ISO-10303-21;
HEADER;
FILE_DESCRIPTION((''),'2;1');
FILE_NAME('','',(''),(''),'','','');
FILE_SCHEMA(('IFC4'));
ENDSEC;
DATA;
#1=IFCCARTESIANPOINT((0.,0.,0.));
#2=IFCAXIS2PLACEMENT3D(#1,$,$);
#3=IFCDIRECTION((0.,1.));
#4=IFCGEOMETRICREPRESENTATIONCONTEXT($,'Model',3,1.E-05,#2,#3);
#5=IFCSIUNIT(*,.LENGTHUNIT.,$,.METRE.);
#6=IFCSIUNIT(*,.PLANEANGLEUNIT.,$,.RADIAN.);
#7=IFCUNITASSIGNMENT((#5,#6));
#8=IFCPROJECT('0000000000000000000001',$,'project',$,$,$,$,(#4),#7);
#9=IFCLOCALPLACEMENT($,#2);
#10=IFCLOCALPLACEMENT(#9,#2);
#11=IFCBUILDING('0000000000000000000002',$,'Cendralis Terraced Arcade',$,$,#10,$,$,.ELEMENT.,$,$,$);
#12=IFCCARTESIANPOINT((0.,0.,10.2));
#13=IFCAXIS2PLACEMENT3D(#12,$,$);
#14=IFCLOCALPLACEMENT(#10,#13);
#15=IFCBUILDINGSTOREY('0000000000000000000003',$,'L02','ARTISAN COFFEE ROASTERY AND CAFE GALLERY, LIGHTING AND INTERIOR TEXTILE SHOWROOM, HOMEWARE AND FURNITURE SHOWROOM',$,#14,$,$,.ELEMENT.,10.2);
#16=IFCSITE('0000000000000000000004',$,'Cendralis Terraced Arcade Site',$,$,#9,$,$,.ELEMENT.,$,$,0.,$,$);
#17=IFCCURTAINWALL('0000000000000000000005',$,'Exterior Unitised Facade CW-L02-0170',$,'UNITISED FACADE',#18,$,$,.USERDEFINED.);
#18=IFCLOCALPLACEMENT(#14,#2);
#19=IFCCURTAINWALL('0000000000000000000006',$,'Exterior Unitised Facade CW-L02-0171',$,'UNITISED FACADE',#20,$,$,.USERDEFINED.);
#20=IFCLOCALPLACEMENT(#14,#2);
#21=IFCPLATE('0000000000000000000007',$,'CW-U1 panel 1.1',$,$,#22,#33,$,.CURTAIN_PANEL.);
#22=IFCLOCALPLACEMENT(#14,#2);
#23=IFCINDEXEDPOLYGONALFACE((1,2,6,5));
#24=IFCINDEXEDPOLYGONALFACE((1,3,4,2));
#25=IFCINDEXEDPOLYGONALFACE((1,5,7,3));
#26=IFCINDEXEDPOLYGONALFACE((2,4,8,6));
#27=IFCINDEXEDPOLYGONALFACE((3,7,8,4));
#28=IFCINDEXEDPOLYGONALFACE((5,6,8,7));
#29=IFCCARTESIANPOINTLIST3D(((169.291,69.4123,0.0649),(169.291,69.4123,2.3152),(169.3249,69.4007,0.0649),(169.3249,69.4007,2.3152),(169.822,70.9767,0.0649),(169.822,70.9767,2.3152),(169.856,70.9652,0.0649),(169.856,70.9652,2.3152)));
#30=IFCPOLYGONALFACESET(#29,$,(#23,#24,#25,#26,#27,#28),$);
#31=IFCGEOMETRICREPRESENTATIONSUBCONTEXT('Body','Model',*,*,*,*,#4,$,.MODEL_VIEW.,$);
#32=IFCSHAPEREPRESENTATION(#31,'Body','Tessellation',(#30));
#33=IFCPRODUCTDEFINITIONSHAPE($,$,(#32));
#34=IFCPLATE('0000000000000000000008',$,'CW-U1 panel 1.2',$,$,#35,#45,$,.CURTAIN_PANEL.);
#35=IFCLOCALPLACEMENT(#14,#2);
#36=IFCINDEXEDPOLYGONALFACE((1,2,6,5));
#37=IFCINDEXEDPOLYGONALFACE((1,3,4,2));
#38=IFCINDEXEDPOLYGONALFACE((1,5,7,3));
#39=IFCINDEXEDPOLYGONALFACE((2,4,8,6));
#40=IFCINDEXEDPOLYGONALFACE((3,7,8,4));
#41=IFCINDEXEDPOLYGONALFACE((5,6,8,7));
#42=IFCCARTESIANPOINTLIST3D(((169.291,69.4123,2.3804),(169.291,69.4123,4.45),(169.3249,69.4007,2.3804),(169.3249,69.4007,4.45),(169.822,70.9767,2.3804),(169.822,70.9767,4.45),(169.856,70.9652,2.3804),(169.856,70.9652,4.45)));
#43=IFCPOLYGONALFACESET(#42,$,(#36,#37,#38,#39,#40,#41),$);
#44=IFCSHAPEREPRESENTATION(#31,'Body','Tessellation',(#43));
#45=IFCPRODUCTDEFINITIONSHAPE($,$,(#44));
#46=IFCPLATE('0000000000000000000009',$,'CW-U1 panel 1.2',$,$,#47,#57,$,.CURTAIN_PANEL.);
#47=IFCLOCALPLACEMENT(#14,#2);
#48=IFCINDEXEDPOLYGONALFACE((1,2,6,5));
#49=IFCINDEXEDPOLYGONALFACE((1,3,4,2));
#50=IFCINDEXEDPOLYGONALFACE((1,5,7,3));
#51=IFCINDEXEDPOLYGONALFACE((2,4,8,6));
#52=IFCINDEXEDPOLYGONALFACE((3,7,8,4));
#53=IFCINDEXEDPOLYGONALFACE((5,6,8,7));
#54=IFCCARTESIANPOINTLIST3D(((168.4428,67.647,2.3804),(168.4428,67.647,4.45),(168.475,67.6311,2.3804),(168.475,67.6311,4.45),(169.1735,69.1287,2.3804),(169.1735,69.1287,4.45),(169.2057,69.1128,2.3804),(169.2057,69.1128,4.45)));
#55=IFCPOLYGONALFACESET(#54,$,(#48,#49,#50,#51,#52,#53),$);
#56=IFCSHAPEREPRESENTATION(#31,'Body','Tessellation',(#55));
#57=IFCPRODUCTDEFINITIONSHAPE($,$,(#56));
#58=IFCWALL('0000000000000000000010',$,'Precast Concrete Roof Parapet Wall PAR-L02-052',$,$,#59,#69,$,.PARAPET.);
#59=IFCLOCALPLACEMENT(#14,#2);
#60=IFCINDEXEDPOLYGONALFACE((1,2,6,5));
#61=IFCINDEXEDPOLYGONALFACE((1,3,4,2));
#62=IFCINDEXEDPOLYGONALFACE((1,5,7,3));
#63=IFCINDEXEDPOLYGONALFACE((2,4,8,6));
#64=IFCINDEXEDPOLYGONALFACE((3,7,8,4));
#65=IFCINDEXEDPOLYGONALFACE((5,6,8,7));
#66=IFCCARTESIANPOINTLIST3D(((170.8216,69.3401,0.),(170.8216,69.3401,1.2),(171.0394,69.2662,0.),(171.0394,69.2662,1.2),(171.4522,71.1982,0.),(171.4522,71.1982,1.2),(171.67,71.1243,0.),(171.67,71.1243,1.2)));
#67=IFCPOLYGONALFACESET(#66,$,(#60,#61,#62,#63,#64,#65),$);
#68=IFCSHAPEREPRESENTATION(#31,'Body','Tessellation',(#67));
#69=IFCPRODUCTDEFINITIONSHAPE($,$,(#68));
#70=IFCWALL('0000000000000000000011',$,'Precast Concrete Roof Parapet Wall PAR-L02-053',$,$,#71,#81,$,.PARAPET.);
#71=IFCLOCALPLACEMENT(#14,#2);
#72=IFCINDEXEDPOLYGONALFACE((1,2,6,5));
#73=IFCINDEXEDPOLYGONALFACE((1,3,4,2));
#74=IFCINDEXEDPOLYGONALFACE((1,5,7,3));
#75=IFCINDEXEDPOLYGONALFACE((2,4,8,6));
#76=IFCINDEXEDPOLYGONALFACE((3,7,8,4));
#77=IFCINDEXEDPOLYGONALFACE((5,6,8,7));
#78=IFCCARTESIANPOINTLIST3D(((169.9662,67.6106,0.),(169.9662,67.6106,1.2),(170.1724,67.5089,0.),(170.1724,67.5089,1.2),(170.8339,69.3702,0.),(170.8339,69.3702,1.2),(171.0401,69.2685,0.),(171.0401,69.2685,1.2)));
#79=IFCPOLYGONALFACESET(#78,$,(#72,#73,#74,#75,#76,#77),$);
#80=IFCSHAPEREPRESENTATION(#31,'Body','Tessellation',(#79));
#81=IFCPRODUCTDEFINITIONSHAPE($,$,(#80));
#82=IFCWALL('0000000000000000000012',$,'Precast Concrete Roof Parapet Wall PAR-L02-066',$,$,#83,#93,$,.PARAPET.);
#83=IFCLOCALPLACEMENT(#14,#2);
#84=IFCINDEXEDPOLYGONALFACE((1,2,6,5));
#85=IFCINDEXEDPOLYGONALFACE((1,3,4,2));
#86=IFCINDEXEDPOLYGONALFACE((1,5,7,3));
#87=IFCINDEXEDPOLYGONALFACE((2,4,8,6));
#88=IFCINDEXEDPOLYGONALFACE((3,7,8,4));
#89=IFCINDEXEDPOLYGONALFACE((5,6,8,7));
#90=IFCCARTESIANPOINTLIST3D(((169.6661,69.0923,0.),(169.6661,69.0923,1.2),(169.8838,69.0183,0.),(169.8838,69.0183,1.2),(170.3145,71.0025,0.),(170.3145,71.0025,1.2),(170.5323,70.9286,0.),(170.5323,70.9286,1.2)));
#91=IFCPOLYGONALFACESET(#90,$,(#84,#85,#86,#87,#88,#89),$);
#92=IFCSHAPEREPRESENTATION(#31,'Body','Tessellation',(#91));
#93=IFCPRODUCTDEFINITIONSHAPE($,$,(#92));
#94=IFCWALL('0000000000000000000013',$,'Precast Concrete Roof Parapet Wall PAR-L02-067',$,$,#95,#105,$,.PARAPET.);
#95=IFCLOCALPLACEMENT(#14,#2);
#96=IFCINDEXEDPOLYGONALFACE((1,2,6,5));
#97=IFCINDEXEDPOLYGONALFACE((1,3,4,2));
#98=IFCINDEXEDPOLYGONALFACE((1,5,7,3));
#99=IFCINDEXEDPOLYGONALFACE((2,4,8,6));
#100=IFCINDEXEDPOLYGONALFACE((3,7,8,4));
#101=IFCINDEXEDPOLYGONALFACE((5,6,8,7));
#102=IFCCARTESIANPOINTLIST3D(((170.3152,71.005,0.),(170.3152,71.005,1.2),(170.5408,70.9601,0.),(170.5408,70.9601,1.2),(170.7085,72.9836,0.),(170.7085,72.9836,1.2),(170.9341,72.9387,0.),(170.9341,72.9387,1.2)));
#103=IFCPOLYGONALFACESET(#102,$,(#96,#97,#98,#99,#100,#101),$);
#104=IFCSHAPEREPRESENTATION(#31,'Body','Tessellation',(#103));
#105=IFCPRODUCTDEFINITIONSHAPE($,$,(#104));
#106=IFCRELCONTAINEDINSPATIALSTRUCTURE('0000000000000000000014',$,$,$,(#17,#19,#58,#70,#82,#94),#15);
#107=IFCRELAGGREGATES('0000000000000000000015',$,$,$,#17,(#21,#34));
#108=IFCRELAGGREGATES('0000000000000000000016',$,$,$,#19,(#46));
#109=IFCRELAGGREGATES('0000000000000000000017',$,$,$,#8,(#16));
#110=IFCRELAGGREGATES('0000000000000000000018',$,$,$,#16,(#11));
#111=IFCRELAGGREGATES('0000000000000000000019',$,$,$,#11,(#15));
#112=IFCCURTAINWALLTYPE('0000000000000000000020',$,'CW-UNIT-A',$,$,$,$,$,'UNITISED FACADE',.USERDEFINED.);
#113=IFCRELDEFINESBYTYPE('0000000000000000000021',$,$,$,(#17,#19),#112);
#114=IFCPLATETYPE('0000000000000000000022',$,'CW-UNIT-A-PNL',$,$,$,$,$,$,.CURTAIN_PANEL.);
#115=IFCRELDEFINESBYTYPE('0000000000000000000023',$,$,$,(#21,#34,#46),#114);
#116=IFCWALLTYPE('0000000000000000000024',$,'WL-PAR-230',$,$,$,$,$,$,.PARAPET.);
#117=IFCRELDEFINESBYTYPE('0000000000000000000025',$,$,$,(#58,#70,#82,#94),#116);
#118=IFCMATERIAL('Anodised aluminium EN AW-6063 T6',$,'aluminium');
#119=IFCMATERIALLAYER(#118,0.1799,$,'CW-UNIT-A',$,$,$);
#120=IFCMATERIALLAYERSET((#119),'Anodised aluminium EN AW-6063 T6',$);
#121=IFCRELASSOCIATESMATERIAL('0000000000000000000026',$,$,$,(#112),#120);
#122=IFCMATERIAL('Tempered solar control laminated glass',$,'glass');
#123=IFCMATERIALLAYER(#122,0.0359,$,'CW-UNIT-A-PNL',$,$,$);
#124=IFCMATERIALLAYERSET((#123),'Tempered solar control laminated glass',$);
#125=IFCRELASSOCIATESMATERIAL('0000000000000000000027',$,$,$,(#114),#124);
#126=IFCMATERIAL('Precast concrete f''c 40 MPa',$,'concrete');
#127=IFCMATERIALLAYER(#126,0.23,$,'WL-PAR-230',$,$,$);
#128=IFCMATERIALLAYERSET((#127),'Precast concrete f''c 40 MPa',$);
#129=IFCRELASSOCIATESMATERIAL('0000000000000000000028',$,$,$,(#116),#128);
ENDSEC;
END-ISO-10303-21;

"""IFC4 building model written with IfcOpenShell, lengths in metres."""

from ifc_helpers import new_model, si_unit, direction, frame, frame_2d, origin, origin_2d, place, context, subcontext, project, spatial, rectangle, extrude, material, layer, layer_set, type_object, element, aggregate, save


model = new_model("IFC4")

# Units and contexts
model_context = context("Model", 3, precision=1e-05, world=origin(), true_north=direction((0.0, 1.0)))
body_context = subcontext(model_context, "Body", "Model", "MODEL_VIEW")
ifc_project = project(units=[si_unit("LENGTHUNIT", "METRE"), si_unit("PLANEANGLEUNIT", "RADIAN")], contexts=[model_context])

# Site, building, storey
site_placement = place(None, origin())
site = spatial("IfcSite", under=ifc_project, at=site_placement, Name="Cendralis Terraced Arcade Site", CompositionType="ELEMENT", RefElevation=0.0)
building_placement = place(site_placement, origin())
building = spatial("IfcBuilding", under=site, at=building_placement, Name="Cendralis Terraced Arcade", CompositionType="ELEMENT")
storey_placement = place(building_placement, frame((0.0, 0.0, 10.2)))
storey = spatial("IfcBuildingStorey", under=building, at=storey_placement, Name="L02", Description="ARTISAN COFFEE ROASTERY AND CAFE GALLERY, LIGHTING AND INTERIOR TEXTILE SHOWROOM, HOMEWARE AND FURNITURE SHOWROOM", CompositionType="ELEMENT", Elevation=10.2)

# Shared definitions
ifc_material_1 = material(Name="Anodised aluminium EN AW-6063 T6", Category="aluminium")
ifc_layer_1 = layer(ifc_material_1, 0.1799, Name="CW-UNIT-A")
ifc_layer_set_1 = layer_set([ifc_layer_1], Name="Anodised aluminium EN AW-6063 T6")
curtain_wall_type = type_object("IfcCurtainWallType", Name="CW-UNIT-A", ElementType="UNITISED FACADE", PredefinedType="USERDEFINED", material=ifc_layer_set_1)

# Curtain wall
curtain_wall_1_placement = place(storey_placement, origin())
curtain_wall_1 = element("IfcCurtainWall", 1, at=curtain_wall_1_placement, inside=storey, type_object=curtain_wall_type, Name="Exterior Unitised Facade CW-L02-0170", ObjectType="UNITISED FACADE", PredefinedType="USERDEFINED")

# Curtain wall
curtain_wall_2_placement = place(storey_placement, origin())
curtain_wall_2 = element("IfcCurtainWall", 2, at=curtain_wall_2_placement, inside=storey, type_object=curtain_wall_type, Name="Exterior Unitised Facade CW-L02-0171", ObjectType="UNITISED FACADE", PredefinedType="USERDEFINED")

# Plates
ifc_material_2 = material(Name="Tempered solar control laminated glass", Category="glass")
ifc_layer_2 = layer(ifc_material_2, 0.0359, Name="CW-UNIT-A-PNL")
ifc_layer_set_2 = layer_set([ifc_layer_2], Name="Tempered solar control laminated glass")
plate_type = type_object("IfcPlateType", Name="CW-UNIT-A-PNL", PredefinedType="CURTAIN_PANEL", material=ifc_layer_set_2)
plate_1_placement = place(storey_placement, frame((169.5735, 70.1887, 0.0649), z_axis=(0.0, 0.0, 1.0), x_axis=(-0.321458, -0.946924, 0.0)))
plate_1 = element("IfcPlate", 3, at=plate_1_placement, type_object=plate_type, Name="CW-U1 panel 1.1", PredefinedType="CURTAIN_PANEL", context=body_context, shape_type="SweptSolid", body=[
    extrude(rectangle(XDim=1.6521, YDim=0.0359, at=origin_2d()), origin(), (0.0, 0.0, 1.0), 2.2502),
])
plate_2_placement = place(storey_placement, frame((169.5735, 70.1887, 2.3804), z_axis=(0.0, 0.0, 1.0), x_axis=(-0.321458, -0.946924, 0.0)))
plate_2 = element("IfcPlate", 4, at=plate_2_placement, type_object=plate_type, Name="CW-U1 panel 1.2", PredefinedType="CURTAIN_PANEL", context=body_context, shape_type="SweptSolid", body=[
    extrude(rectangle(XDim=1.6521, YDim=0.0359, at=origin_2d()), origin(), (0.0, 0.0, 1.0), 2.0696),
])
aggregate(curtain_wall_1, [plate_1, plate_2])
plate_3_placement = place(storey_placement, frame((168.8242, 68.3799, 2.3804), z_axis=(0.0, 0.0, 1.0), x_axis=(-0.442291, -0.896871, 0.0)))
plate_3 = element("IfcPlate", 5, at=plate_3_placement, type_object=plate_type, Name="CW-U1 panel 1.2", PredefinedType="CURTAIN_PANEL", context=body_context, shape_type="SweptSolid", body=[
    extrude(rectangle(XDim=1.6521, YDim=0.0359, at=origin_2d()), origin(), (0.0, 0.0, 1.0), 2.0696),
])
aggregate(curtain_wall_2, [plate_3])

# Walls
ifc_material_3 = material(Name="Precast concrete f'c 40 MPa", Category="concrete")
ifc_layer_3 = layer(ifc_material_3, 0.23, Name="WL-PAR-230")
ifc_layer_set_3 = layer_set([ifc_layer_3], Name="Precast concrete f'c 40 MPa")
wall_type = type_object("IfcWallType", Name="WL-PAR-230", PredefinedType="PARAPET", material=ifc_layer_set_3)
wall_1_placement = place(storey_placement, frame((171.561, 71.1611, 0.0), z_axis=(0.0, 0.0, 1.0), x_axis=(-0.321374, -0.946952, 0.0)))
element("IfcWall", 6, at=wall_1_placement, inside=storey, type_object=wall_type, Name="Precast Concrete Roof Parapet Wall PAR-L02-052", PredefinedType="PARAPET", context=body_context, shape_type="SweptSolid", body=[
    extrude(rectangle(XDim=1.9622, YDim=0.23, at=frame_2d((0.981, 0.0))), origin(), (0.0, 0.0, 1.0), 1.2),
])
wall_2_placement = place(storey_placement, frame((170.937, 69.3193, 0.0), z_axis=(0.0, 0.0, 1.0), x_axis=(-0.442279, -0.896878, 0.0)))
element("IfcWall", 7, at=wall_2_placement, inside=storey, type_object=wall_type, Name="Precast Concrete Roof Parapet Wall PAR-L02-053", PredefinedType="PARAPET", context=body_context, shape_type="SweptSolid", body=[
    extrude(rectangle(XDim=1.9619, YDim=0.23, at=frame_2d((0.981, 0.0))), origin(), (0.0, 0.0, 1.0), 1.2),
])
for number, where, z_axis, x_axis, name in (
    (8, (169.7749, 69.0552, 0.0), (0.0, 0.0, 1.0), (0.321451, 0.946926, 0.0), "Precast Concrete Roof Parapet Wall PAR-L02-066"),
    (9, (170.428, 70.9824, 0.0), (0.0, 0.0, 1.0), (0.194976, 0.980808, 0.0), "Precast Concrete Roof Parapet Wall PAR-L02-067"),
):
    element("IfcWall", number, at=place(storey_placement, frame(where, z_axis=z_axis, x_axis=x_axis)), inside=storey, type_object=wall_type, Name=name, PredefinedType="PARAPET", context=body_context, shape_type="SweptSolid", body=[
        extrude(rectangle(XDim=2.0173, YDim=0.23, at=frame_2d((1.0088, 0.0))), origin(), (0.0, 0.0, 1.0), 1.2),
    ])

save(model, "model.ifc")
